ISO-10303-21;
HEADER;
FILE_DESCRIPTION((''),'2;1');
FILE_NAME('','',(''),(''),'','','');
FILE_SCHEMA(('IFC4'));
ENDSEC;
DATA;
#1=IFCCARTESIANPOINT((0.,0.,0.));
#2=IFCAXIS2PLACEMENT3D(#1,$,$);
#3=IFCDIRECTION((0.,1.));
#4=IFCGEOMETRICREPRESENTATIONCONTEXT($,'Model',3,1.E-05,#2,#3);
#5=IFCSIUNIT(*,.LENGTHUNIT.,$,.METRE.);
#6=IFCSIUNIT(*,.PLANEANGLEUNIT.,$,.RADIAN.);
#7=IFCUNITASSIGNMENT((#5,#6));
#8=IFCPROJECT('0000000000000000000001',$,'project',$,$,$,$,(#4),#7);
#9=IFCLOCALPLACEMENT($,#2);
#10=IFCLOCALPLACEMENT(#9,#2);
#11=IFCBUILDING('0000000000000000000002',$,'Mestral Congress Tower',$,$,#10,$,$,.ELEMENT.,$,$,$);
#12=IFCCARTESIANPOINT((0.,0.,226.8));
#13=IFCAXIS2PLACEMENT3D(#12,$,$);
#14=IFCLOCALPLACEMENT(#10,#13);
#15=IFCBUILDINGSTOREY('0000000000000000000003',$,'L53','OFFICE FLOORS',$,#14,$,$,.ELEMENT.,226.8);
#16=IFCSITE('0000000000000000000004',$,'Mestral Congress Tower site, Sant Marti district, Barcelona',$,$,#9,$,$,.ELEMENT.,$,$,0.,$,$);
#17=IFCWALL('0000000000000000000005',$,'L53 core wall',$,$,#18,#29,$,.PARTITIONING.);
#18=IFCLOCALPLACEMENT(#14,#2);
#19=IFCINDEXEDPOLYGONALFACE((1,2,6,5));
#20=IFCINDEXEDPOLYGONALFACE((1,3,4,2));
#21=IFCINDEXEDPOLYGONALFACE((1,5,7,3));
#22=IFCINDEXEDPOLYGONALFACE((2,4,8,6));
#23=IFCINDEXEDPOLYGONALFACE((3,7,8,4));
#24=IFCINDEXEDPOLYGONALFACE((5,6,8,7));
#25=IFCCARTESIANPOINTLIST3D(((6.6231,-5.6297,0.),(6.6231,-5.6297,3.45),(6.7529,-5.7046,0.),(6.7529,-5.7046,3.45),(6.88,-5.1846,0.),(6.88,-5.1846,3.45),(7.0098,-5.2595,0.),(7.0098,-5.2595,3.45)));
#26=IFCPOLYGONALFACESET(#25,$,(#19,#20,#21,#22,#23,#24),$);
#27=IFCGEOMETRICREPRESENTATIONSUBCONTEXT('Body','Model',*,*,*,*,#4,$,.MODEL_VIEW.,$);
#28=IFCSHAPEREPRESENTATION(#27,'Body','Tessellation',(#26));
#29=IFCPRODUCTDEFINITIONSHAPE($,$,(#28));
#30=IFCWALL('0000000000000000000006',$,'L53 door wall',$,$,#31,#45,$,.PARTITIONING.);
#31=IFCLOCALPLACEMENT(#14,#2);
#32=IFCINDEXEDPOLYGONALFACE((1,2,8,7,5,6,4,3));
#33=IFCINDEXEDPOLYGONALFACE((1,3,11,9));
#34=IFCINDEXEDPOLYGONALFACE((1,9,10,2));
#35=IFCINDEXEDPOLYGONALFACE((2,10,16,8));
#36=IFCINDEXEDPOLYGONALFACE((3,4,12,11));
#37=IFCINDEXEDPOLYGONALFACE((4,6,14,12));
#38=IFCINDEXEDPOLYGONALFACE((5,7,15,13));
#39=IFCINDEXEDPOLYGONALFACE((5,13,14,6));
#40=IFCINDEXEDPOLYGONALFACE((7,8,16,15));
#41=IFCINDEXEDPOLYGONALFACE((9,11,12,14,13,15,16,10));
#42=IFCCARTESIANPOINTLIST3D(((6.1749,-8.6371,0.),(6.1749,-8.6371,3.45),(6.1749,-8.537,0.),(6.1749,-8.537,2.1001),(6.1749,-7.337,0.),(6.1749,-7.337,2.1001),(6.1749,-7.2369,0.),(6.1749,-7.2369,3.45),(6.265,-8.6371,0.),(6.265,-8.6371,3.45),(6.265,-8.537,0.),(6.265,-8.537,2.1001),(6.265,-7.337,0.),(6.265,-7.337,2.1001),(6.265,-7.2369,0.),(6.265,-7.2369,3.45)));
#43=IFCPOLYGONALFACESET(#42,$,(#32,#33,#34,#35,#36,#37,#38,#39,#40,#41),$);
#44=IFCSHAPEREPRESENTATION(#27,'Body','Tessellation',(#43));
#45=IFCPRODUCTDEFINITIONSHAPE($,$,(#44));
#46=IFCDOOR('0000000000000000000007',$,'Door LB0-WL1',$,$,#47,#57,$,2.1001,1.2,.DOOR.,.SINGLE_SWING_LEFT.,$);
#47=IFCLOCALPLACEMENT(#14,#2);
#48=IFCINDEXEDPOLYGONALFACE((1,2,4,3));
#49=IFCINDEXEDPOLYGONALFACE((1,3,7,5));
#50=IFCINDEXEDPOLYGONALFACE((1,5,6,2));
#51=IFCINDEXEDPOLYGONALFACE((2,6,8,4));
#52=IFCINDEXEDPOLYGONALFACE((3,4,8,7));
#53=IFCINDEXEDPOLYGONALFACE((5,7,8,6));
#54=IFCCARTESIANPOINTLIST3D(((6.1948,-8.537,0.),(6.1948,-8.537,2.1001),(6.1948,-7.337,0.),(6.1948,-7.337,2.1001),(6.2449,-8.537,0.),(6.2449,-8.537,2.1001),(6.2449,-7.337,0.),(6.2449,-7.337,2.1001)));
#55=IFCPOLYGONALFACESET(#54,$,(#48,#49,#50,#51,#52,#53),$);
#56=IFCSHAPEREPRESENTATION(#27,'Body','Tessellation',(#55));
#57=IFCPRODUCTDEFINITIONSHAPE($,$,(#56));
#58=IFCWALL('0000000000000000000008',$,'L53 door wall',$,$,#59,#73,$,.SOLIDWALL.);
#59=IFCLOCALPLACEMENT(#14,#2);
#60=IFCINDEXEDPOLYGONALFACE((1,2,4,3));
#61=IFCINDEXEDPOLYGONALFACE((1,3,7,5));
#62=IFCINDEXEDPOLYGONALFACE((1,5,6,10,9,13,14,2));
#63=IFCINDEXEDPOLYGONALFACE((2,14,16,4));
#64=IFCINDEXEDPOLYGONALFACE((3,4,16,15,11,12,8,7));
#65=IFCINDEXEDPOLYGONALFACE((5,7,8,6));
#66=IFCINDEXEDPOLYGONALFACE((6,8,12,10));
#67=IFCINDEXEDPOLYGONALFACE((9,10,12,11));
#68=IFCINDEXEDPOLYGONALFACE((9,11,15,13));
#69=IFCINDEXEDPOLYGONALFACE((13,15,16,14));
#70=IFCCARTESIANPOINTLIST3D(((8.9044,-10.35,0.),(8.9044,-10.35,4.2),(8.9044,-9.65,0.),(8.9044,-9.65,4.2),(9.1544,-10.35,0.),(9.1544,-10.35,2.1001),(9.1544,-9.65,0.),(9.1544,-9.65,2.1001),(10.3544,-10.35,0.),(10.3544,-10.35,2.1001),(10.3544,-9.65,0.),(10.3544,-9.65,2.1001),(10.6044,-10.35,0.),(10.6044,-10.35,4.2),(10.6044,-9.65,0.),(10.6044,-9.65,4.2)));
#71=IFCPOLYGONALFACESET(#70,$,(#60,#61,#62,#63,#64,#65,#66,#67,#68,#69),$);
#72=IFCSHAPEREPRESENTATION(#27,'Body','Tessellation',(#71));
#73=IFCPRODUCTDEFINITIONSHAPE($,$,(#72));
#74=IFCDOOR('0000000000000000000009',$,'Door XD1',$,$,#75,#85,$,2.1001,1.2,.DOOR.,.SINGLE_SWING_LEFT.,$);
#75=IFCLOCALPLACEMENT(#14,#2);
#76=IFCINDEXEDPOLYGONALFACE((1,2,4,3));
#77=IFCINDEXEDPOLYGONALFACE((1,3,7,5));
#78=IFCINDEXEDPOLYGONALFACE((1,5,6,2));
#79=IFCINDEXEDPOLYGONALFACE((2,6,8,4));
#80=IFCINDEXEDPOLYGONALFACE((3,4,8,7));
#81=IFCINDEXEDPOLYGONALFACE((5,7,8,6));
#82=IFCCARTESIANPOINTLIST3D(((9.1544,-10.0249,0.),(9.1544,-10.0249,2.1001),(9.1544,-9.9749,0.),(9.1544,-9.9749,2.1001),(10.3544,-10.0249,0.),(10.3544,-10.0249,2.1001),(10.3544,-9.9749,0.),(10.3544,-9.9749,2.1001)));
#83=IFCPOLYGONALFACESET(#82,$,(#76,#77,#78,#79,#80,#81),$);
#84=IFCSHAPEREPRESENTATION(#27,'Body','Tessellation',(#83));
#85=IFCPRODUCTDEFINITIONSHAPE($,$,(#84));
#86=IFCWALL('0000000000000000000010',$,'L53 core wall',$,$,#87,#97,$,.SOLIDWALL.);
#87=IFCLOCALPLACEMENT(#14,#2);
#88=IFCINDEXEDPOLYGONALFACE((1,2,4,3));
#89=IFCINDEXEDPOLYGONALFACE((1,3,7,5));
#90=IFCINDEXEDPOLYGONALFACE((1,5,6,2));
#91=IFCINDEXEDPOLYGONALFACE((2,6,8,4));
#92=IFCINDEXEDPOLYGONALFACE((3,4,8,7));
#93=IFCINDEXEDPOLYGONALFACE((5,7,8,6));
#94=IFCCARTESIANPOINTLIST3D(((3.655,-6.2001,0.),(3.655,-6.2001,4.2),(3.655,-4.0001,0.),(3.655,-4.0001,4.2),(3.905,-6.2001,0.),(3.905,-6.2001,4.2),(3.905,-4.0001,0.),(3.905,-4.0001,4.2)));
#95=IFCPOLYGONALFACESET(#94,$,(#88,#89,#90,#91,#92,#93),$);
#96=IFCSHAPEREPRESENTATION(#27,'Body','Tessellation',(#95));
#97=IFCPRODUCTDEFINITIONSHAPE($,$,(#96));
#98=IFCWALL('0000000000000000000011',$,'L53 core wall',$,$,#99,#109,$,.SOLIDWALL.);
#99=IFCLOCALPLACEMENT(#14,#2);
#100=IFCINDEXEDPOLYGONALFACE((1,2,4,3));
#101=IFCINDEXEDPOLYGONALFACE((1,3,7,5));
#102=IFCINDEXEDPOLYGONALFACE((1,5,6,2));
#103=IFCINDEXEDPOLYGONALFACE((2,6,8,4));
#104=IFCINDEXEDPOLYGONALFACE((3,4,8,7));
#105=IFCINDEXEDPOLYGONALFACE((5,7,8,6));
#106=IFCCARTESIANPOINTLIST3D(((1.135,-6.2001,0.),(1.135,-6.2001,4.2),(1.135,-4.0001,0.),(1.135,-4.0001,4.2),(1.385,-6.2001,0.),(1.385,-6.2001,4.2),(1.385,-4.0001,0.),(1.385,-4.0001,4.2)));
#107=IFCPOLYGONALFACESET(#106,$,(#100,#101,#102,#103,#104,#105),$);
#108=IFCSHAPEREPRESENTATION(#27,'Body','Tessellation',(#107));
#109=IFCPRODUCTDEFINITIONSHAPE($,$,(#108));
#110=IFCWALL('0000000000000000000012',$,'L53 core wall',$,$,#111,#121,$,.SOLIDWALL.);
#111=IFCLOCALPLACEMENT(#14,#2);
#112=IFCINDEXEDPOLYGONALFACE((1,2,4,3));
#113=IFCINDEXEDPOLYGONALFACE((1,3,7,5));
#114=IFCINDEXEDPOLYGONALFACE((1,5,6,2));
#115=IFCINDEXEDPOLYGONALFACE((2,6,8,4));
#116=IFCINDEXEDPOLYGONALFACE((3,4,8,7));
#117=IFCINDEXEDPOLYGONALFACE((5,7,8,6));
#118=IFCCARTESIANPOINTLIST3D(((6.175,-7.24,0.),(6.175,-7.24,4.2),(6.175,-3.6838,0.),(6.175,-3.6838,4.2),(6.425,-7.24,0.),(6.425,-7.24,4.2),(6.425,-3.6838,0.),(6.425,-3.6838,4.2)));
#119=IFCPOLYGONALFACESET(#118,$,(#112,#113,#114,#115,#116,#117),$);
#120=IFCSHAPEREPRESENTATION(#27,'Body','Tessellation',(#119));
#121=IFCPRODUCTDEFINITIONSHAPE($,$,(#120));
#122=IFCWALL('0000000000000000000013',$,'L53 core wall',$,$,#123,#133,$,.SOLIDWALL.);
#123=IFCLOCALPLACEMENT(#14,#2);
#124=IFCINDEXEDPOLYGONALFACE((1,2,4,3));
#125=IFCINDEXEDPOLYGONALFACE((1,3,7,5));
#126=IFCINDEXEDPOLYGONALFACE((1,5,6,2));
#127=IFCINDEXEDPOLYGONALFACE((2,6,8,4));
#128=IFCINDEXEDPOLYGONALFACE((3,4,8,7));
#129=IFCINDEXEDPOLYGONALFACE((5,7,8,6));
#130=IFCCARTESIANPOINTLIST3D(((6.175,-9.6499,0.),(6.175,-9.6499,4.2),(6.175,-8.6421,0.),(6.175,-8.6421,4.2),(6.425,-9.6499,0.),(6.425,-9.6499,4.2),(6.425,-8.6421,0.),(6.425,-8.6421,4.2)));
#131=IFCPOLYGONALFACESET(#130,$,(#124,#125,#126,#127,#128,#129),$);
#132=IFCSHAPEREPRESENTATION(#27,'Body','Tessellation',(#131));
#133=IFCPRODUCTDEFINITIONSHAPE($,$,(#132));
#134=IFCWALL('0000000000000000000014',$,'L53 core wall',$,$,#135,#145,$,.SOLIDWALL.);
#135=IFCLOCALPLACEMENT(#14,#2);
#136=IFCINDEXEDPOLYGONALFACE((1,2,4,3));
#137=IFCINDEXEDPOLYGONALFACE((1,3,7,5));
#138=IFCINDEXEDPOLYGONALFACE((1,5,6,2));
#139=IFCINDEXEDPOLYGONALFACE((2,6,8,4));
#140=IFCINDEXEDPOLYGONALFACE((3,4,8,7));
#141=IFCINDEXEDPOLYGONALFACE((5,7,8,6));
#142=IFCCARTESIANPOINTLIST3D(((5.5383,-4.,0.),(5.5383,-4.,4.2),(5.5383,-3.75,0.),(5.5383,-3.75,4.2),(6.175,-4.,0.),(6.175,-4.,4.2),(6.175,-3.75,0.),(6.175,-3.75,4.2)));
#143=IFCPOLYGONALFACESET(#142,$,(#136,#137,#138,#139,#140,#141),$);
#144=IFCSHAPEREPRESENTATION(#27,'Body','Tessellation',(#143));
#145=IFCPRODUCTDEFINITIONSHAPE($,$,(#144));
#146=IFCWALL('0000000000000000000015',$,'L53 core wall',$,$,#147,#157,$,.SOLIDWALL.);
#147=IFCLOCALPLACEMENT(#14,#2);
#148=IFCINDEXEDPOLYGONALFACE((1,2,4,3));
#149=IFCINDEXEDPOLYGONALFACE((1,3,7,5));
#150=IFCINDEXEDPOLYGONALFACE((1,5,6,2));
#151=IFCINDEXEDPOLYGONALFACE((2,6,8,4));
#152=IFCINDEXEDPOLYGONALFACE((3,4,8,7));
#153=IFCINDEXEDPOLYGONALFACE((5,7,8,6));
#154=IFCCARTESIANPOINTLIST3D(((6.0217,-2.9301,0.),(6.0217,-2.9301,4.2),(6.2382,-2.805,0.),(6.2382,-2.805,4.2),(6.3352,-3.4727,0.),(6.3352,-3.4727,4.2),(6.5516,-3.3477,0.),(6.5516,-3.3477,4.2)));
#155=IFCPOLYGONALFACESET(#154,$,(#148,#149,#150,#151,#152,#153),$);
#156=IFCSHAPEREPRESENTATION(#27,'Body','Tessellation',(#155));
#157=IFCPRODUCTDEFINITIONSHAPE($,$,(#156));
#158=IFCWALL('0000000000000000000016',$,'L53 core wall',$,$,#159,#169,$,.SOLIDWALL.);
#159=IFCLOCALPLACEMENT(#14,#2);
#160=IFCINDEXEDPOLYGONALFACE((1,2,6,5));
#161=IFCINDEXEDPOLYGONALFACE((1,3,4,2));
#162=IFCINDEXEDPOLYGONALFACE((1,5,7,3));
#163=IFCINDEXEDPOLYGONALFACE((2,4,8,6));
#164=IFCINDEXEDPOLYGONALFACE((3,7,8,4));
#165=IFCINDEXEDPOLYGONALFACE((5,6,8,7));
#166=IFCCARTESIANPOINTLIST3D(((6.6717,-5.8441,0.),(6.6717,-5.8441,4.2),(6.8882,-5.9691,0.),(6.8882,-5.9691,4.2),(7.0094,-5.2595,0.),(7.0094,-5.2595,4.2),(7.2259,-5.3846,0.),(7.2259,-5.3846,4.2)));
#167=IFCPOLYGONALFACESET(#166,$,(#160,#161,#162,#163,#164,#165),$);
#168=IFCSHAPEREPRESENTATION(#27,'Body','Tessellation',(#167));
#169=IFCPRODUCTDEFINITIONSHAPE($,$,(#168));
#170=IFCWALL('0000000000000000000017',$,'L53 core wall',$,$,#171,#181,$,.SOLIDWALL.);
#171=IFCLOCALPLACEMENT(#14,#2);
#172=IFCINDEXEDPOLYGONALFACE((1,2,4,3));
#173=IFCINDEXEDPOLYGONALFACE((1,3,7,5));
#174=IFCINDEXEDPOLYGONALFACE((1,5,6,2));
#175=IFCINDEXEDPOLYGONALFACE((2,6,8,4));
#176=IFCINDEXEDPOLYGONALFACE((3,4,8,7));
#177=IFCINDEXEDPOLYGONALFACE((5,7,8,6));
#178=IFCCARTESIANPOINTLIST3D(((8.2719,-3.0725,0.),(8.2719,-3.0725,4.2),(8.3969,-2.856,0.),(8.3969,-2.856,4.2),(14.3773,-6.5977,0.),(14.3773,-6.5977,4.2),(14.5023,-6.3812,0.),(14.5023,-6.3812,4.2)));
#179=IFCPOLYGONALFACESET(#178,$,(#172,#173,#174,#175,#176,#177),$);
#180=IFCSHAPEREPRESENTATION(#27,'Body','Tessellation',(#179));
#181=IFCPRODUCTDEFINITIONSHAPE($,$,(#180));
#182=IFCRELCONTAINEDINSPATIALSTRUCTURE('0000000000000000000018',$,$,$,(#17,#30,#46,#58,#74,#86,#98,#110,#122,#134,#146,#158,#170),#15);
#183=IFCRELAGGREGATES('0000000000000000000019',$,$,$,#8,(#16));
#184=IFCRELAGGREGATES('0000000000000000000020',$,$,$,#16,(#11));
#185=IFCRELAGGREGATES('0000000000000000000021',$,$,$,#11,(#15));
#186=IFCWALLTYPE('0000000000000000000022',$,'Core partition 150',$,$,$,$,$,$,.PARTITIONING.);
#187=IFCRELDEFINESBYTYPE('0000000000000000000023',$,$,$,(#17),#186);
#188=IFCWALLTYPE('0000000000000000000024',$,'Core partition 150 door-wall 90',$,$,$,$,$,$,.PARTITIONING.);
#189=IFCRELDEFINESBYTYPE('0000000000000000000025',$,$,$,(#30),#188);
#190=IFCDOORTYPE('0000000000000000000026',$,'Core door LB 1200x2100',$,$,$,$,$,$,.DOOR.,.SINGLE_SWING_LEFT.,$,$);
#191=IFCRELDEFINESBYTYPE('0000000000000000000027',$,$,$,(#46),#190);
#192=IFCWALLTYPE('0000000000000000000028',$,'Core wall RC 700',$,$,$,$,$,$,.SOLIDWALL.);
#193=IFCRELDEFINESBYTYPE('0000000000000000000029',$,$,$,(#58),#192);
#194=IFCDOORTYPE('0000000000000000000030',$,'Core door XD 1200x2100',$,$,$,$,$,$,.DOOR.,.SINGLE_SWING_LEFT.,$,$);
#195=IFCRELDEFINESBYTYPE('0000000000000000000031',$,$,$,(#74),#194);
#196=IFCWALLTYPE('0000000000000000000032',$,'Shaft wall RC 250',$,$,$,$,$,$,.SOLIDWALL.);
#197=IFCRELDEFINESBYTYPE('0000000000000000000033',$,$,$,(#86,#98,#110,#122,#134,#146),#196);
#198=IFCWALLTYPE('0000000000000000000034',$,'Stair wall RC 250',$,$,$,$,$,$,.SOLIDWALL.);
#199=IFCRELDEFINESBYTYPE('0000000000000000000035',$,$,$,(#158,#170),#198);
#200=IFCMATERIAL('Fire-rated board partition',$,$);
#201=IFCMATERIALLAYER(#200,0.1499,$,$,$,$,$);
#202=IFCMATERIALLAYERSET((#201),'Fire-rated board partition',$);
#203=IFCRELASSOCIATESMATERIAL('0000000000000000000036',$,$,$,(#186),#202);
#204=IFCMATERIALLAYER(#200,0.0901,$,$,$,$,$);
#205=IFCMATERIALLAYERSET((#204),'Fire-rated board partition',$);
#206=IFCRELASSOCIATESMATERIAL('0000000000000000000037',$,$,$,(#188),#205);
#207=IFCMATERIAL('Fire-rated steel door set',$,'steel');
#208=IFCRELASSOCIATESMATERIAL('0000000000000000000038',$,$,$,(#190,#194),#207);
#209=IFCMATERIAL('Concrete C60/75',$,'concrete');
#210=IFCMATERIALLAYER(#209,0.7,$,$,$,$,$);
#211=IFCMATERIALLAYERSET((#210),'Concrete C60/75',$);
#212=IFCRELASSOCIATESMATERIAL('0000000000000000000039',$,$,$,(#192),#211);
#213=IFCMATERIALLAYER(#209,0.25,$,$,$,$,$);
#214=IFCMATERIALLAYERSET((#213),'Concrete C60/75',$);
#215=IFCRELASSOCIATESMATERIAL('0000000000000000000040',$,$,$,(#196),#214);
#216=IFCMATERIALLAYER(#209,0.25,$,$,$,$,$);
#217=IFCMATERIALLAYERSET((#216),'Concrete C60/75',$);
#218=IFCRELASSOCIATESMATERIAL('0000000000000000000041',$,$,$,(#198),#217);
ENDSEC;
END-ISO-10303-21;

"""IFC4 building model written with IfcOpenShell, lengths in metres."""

from ifc_helpers import new_model, si_unit, direction, frame, frame_2d, origin, place, context, subcontext, project, spatial, rectangle, extrude, material, layer, layer_set, type_object, element, fill, save


model = new_model("IFC4")

# Units and contexts
model_context = context("Model", 3, precision=1e-05, world=origin(), true_north=direction((0.0, 1.0)))
body_context = subcontext(model_context, "Body", "Model", "MODEL_VIEW")
ifc_project = project(units=[si_unit("LENGTHUNIT", "METRE"), si_unit("PLANEANGLEUNIT", "RADIAN")], contexts=[model_context])

# Site, building, storey
site_placement = place(None, origin())
site = spatial("IfcSite", under=ifc_project, at=site_placement, Name="Mestral Congress Tower site, Sant Marti district, Barcelona", CompositionType="ELEMENT", RefElevation=0.0)
building_placement = place(site_placement, origin())
building = spatial("IfcBuilding", under=site, at=building_placement, Name="Mestral Congress Tower", CompositionType="ELEMENT")
storey_placement = place(building_placement, frame((0.0, 0.0, 226.8)))
storey = spatial("IfcBuildingStorey", under=building, at=storey_placement, Name="L53", Description="OFFICE FLOORS", CompositionType="ELEMENT", Elevation=226.8)

# Wall
ifc_material_1 = material(Name="Fire-rated board partition")
ifc_layer_1 = layer(ifc_material_1, 0.1499)
ifc_layer_set_1 = layer_set([ifc_layer_1], Name="Fire-rated board partition")
wall_type_1 = type_object("IfcWallType", Name="Core partition 150", PredefinedType="PARTITIONING", material=ifc_layer_set_1)
wall_1_placement = place(storey_placement, frame((6.9448, -5.2222, 0.0), z_axis=(0.0, 0.0, 1.0), x_axis=(-0.499818, -0.86613, 0.0)))
element("IfcWall", 1, at=wall_1_placement, inside=storey, type_object=wall_type_1, Name="L53 core wall", PredefinedType="PARTITIONING", context=body_context, shape_type="SweptSolid", body=[
    extrude(rectangle(XDim=0.5139, YDim=0.1499, at=frame_2d((0.2568, 0.0))), origin(), (0.0, 0.0, 1.0), 3.45),
])

# Walls, openings, doors
ifc_layer_2 = layer(ifc_material_1, 0.0901)
ifc_layer_set_2 = layer_set([ifc_layer_2], Name="Fire-rated board partition")
wall_type_2 = type_object("IfcWallType", Name="Core partition 150 door-wall 90", PredefinedType="PARTITIONING", material=ifc_layer_set_2)
wall_2_placement = place(storey_placement, frame((6.22, -7.2368, 0.0), z_axis=(0.0, 0.0, 1.0), x_axis=(0.0, -1.0, 0.0)))
wall_2 = element("IfcWall", 2, at=wall_2_placement, inside=storey, type_object=wall_type_2, Name="L53 door wall", PredefinedType="PARTITIONING", context=body_context, shape_type="SweptSolid", body=[
    extrude(rectangle(XDim=1.4001, YDim=0.0901, at=frame_2d((0.7002, 0.0))), origin(), (0.0, 0.0, 1.0), 3.45),
])
opening_1_placement = place(wall_2_placement, frame((0.1001, 0.0, 0.0)))
opening_1 = element("IfcOpeningElement", 3, at=opening_1_placement, cuts=wall_2, PredefinedType="OPENING", context=body_context, shape_type="SweptSolid", body=[
    extrude(rectangle(XDim=1.2, YDim=2.1001, at=frame_2d((0.6001, 1.05))), frame((0.0, 0.0549, 0.0), z_axis=(0.0, -1.0, 0.0), x_axis=(1.0, 0.0, 0.0)), (0.0, 0.0, 1.0), 0.1101),
])
ifc_material_2 = material(Name="Fire-rated steel door set", Category="steel")
door_type_1 = type_object("IfcDoorType", Name="Core door LB 1200x2100", OperationType="SINGLE_SWING_LEFT", PredefinedType="DOOR", material=ifc_material_2)
door_1_placement = place(opening_1_placement, origin())
door_1 = element("IfcDoor", 4, at=door_1_placement, inside=storey, type_object=door_type_1, Name="Door LB0-WL1", OperationType="SINGLE_SWING_LEFT", OverallHeight=2.1001, OverallWidth=1.2, PredefinedType="DOOR", context=body_context, shape_type="SweptSolid", body=[
    extrude(rectangle(XDim=1.2, YDim=2.1001, at=frame_2d((0.6001, 1.05))), frame((0.0, 0.0249, 0.0), z_axis=(0.0, -1.0, 0.0), x_axis=(1.0, 0.0, 0.0)), (0.0, 0.0, 1.0), 0.05),
])
fill(opening_1, door_1)
ifc_material_3 = material(Name="Concrete C60/75", Category="concrete")
ifc_layer_3 = layer(ifc_material_3, 0.7)
ifc_layer_set_3 = layer_set([ifc_layer_3], Name="Concrete C60/75")
wall_type_3 = type_object("IfcWallType", Name="Core wall RC 700", PredefinedType="SOLIDWALL", material=ifc_layer_set_3)
wall_3_placement = place(storey_placement, frame((10.6045, -10.0, 0.0), z_axis=(0.0, 0.0, 1.0), x_axis=(-1.0, 0.0, 0.0)))
wall_3 = element("IfcWall", 5, at=wall_3_placement, inside=storey, type_object=wall_type_3, Name="L53 door wall", PredefinedType="SOLIDWALL", context=body_context, shape_type="SweptSolid", body=[
    extrude(rectangle(XDim=1.7, YDim=0.7, at=frame_2d((0.8501, 0.0))), origin(), (0.0, 0.0, 1.0), 4.2),
])
opening_2_placement = place(wall_3_placement, frame((0.25, 0.0, 0.0)))
opening_2 = element("IfcOpeningElement", 6, at=opening_2_placement, cuts=wall_3, PredefinedType="OPENING", context=body_context, shape_type="SweptSolid", body=[
    extrude(rectangle(XDim=1.2, YDim=2.1001, at=frame_2d((0.6001, 1.05))), frame((0.0, 0.3599, 0.0), z_axis=(0.0, -1.0, 0.0), x_axis=(1.0, 0.0, 0.0)), (0.0, 0.0, 1.0), 0.72),
])
door_type_2 = type_object("IfcDoorType", Name="Core door XD 1200x2100", OperationType="SINGLE_SWING_LEFT", PredefinedType="DOOR", material=ifc_material_2)
door_2_placement = place(opening_2_placement, origin())
door_2 = element("IfcDoor", 7, at=door_2_placement, inside=storey, type_object=door_type_2, Name="Door XD1", OperationType="SINGLE_SWING_LEFT", OverallHeight=2.1001, OverallWidth=1.2, PredefinedType="DOOR", context=body_context, shape_type="SweptSolid", body=[
    extrude(rectangle(XDim=1.2, YDim=2.1001, at=frame_2d((0.6001, 1.05))), frame((0.0, 0.0249, 0.0), z_axis=(0.0, -1.0, 0.0), x_axis=(1.0, 0.0, 0.0)), (0.0, 0.0, 1.0), 0.05),
])
fill(opening_2, door_2)

# Walls
ifc_layer_4 = layer(ifc_material_3, 0.25)
ifc_layer_set_4 = layer_set([ifc_layer_4], Name="Concrete C60/75")
wall_type_4 = type_object("IfcWallType", Name="Shaft wall RC 250", PredefinedType="SOLIDWALL", material=ifc_layer_set_4)
for number, where, z_axis, x_axis, name in (
    (8, (3.78, -4.0, 0.0), (0.0, 0.0, 1.0), (0.0, -1.0, 0.0), "L53 core wall"),
    (9, (1.26, -4.0, 0.0), (0.0, 0.0, 1.0), (0.0, -1.0, 0.0), "L53 core wall"),
):
    element("IfcWall", number, at=place(storey_placement, frame(where, z_axis=z_axis, x_axis=x_axis)), inside=storey, type_object=wall_type_4, Name=name, PredefinedType="SOLIDWALL", context=body_context, shape_type="SweptSolid", body=[
        extrude(rectangle(XDim=2.2, YDim=0.25, at=frame_2d((1.1001, 0.0))), origin(), (0.0, 0.0, 1.0), 4.2),
    ])
wall_4_placement = place(storey_placement, frame((6.3, -7.24, 0.0), z_axis=(0.0, 0.0, 1.0), x_axis=(0.0, 1.0, 0.0)))
element("IfcWall", 10, at=wall_4_placement, inside=storey, type_object=wall_type_4, Name="L53 core wall", PredefinedType="SOLIDWALL", context=body_context, shape_type="SweptSolid", body=[
    extrude(rectangle(XDim=3.5562, YDim=0.25, at=frame_2d((1.7781, 0.0))), origin(), (0.0, 0.0, 1.0), 4.2),
])
wall_5_placement = place(storey_placement, frame((6.3, -9.6499, 0.0), z_axis=(0.0, 0.0, 1.0), x_axis=(0.0, 1.0, 0.0)))
element("IfcWall", 11, at=wall_5_placement, inside=storey, type_object=wall_type_4, Name="L53 core wall", PredefinedType="SOLIDWALL", context=body_context, shape_type="SweptSolid", body=[
    extrude(rectangle(XDim=1.0078, YDim=0.25, at=frame_2d((0.5039, 0.0))), origin(), (0.0, 0.0, 1.0), 4.2),
])
wall_6_placement = place(storey_placement, frame((5.5383, -3.875, 0.0), z_axis=(0.0, 0.0, 1.0), x_axis=(1.0, 0.0, 0.0)))
element("IfcWall", 12, at=wall_6_placement, inside=storey, type_object=wall_type_4, Name="L53 core wall", PredefinedType="SOLIDWALL", context=body_context, shape_type="SweptSolid", body=[
    extrude(rectangle(XDim=0.6367, YDim=0.25, at=frame_2d((0.3184, 0.0))), origin(), (0.0, 0.0, 1.0), 4.2),
])
wall_7_placement = place(storey_placement, frame((6.1299, -2.8674, 0.0), z_axis=(0.0, 0.0, 1.0), x_axis=(0.500161, -0.865933, 0.0)))
element("IfcWall", 13, at=wall_7_placement, inside=storey, type_object=wall_type_4, Name="L53 core wall", PredefinedType="SOLIDWALL", context=body_context, shape_type="SweptSolid", body=[
    extrude(rectangle(XDim=0.6267, YDim=0.25, at=frame_2d((0.3135, 0.0))), origin(), (0.0, 0.0, 1.0), 4.2),
])
ifc_layer_5 = layer(ifc_material_3, 0.25)
ifc_layer_set_5 = layer_set([ifc_layer_5], Name="Concrete C60/75")
wall_type_5 = type_object("IfcWallType", Name="Stair wall RC 250", PredefinedType="SOLIDWALL", material=ifc_layer_set_5)
wall_8_placement = place(storey_placement, frame((6.78, -5.9065, 0.0), z_axis=(0.0, 0.0, 1.0), x_axis=(0.500223, 0.865896, 0.0)))
element("IfcWall", 14, at=wall_8_placement, inside=storey, type_object=wall_type_5, Name="L53 core wall", PredefinedType="SOLIDWALL", context=body_context, shape_type="SweptSolid", body=[
    extrude(rectangle(XDim=0.675, YDim=0.25, at=frame_2d((0.3374, 0.0))), origin(), (0.0, 0.0, 1.0), 4.2),
])
wall_9_placement = place(storey_placement, frame((8.3345, -2.9644, 0.0), z_axis=(0.0, 0.0, 1.0), x_axis=(0.866016, -0.500016, 0.0)))
element("IfcWall", 15, at=wall_9_placement, inside=storey, type_object=wall_type_5, Name="L53 core wall", PredefinedType="SOLIDWALL", context=body_context, shape_type="SweptSolid", body=[
    extrude(rectangle(XDim=7.05, YDim=0.25, at=frame_2d((3.5249, 0.0))), origin(), (0.0, 0.0, 1.0), 4.2),
])

save(model, "model.ifc")
